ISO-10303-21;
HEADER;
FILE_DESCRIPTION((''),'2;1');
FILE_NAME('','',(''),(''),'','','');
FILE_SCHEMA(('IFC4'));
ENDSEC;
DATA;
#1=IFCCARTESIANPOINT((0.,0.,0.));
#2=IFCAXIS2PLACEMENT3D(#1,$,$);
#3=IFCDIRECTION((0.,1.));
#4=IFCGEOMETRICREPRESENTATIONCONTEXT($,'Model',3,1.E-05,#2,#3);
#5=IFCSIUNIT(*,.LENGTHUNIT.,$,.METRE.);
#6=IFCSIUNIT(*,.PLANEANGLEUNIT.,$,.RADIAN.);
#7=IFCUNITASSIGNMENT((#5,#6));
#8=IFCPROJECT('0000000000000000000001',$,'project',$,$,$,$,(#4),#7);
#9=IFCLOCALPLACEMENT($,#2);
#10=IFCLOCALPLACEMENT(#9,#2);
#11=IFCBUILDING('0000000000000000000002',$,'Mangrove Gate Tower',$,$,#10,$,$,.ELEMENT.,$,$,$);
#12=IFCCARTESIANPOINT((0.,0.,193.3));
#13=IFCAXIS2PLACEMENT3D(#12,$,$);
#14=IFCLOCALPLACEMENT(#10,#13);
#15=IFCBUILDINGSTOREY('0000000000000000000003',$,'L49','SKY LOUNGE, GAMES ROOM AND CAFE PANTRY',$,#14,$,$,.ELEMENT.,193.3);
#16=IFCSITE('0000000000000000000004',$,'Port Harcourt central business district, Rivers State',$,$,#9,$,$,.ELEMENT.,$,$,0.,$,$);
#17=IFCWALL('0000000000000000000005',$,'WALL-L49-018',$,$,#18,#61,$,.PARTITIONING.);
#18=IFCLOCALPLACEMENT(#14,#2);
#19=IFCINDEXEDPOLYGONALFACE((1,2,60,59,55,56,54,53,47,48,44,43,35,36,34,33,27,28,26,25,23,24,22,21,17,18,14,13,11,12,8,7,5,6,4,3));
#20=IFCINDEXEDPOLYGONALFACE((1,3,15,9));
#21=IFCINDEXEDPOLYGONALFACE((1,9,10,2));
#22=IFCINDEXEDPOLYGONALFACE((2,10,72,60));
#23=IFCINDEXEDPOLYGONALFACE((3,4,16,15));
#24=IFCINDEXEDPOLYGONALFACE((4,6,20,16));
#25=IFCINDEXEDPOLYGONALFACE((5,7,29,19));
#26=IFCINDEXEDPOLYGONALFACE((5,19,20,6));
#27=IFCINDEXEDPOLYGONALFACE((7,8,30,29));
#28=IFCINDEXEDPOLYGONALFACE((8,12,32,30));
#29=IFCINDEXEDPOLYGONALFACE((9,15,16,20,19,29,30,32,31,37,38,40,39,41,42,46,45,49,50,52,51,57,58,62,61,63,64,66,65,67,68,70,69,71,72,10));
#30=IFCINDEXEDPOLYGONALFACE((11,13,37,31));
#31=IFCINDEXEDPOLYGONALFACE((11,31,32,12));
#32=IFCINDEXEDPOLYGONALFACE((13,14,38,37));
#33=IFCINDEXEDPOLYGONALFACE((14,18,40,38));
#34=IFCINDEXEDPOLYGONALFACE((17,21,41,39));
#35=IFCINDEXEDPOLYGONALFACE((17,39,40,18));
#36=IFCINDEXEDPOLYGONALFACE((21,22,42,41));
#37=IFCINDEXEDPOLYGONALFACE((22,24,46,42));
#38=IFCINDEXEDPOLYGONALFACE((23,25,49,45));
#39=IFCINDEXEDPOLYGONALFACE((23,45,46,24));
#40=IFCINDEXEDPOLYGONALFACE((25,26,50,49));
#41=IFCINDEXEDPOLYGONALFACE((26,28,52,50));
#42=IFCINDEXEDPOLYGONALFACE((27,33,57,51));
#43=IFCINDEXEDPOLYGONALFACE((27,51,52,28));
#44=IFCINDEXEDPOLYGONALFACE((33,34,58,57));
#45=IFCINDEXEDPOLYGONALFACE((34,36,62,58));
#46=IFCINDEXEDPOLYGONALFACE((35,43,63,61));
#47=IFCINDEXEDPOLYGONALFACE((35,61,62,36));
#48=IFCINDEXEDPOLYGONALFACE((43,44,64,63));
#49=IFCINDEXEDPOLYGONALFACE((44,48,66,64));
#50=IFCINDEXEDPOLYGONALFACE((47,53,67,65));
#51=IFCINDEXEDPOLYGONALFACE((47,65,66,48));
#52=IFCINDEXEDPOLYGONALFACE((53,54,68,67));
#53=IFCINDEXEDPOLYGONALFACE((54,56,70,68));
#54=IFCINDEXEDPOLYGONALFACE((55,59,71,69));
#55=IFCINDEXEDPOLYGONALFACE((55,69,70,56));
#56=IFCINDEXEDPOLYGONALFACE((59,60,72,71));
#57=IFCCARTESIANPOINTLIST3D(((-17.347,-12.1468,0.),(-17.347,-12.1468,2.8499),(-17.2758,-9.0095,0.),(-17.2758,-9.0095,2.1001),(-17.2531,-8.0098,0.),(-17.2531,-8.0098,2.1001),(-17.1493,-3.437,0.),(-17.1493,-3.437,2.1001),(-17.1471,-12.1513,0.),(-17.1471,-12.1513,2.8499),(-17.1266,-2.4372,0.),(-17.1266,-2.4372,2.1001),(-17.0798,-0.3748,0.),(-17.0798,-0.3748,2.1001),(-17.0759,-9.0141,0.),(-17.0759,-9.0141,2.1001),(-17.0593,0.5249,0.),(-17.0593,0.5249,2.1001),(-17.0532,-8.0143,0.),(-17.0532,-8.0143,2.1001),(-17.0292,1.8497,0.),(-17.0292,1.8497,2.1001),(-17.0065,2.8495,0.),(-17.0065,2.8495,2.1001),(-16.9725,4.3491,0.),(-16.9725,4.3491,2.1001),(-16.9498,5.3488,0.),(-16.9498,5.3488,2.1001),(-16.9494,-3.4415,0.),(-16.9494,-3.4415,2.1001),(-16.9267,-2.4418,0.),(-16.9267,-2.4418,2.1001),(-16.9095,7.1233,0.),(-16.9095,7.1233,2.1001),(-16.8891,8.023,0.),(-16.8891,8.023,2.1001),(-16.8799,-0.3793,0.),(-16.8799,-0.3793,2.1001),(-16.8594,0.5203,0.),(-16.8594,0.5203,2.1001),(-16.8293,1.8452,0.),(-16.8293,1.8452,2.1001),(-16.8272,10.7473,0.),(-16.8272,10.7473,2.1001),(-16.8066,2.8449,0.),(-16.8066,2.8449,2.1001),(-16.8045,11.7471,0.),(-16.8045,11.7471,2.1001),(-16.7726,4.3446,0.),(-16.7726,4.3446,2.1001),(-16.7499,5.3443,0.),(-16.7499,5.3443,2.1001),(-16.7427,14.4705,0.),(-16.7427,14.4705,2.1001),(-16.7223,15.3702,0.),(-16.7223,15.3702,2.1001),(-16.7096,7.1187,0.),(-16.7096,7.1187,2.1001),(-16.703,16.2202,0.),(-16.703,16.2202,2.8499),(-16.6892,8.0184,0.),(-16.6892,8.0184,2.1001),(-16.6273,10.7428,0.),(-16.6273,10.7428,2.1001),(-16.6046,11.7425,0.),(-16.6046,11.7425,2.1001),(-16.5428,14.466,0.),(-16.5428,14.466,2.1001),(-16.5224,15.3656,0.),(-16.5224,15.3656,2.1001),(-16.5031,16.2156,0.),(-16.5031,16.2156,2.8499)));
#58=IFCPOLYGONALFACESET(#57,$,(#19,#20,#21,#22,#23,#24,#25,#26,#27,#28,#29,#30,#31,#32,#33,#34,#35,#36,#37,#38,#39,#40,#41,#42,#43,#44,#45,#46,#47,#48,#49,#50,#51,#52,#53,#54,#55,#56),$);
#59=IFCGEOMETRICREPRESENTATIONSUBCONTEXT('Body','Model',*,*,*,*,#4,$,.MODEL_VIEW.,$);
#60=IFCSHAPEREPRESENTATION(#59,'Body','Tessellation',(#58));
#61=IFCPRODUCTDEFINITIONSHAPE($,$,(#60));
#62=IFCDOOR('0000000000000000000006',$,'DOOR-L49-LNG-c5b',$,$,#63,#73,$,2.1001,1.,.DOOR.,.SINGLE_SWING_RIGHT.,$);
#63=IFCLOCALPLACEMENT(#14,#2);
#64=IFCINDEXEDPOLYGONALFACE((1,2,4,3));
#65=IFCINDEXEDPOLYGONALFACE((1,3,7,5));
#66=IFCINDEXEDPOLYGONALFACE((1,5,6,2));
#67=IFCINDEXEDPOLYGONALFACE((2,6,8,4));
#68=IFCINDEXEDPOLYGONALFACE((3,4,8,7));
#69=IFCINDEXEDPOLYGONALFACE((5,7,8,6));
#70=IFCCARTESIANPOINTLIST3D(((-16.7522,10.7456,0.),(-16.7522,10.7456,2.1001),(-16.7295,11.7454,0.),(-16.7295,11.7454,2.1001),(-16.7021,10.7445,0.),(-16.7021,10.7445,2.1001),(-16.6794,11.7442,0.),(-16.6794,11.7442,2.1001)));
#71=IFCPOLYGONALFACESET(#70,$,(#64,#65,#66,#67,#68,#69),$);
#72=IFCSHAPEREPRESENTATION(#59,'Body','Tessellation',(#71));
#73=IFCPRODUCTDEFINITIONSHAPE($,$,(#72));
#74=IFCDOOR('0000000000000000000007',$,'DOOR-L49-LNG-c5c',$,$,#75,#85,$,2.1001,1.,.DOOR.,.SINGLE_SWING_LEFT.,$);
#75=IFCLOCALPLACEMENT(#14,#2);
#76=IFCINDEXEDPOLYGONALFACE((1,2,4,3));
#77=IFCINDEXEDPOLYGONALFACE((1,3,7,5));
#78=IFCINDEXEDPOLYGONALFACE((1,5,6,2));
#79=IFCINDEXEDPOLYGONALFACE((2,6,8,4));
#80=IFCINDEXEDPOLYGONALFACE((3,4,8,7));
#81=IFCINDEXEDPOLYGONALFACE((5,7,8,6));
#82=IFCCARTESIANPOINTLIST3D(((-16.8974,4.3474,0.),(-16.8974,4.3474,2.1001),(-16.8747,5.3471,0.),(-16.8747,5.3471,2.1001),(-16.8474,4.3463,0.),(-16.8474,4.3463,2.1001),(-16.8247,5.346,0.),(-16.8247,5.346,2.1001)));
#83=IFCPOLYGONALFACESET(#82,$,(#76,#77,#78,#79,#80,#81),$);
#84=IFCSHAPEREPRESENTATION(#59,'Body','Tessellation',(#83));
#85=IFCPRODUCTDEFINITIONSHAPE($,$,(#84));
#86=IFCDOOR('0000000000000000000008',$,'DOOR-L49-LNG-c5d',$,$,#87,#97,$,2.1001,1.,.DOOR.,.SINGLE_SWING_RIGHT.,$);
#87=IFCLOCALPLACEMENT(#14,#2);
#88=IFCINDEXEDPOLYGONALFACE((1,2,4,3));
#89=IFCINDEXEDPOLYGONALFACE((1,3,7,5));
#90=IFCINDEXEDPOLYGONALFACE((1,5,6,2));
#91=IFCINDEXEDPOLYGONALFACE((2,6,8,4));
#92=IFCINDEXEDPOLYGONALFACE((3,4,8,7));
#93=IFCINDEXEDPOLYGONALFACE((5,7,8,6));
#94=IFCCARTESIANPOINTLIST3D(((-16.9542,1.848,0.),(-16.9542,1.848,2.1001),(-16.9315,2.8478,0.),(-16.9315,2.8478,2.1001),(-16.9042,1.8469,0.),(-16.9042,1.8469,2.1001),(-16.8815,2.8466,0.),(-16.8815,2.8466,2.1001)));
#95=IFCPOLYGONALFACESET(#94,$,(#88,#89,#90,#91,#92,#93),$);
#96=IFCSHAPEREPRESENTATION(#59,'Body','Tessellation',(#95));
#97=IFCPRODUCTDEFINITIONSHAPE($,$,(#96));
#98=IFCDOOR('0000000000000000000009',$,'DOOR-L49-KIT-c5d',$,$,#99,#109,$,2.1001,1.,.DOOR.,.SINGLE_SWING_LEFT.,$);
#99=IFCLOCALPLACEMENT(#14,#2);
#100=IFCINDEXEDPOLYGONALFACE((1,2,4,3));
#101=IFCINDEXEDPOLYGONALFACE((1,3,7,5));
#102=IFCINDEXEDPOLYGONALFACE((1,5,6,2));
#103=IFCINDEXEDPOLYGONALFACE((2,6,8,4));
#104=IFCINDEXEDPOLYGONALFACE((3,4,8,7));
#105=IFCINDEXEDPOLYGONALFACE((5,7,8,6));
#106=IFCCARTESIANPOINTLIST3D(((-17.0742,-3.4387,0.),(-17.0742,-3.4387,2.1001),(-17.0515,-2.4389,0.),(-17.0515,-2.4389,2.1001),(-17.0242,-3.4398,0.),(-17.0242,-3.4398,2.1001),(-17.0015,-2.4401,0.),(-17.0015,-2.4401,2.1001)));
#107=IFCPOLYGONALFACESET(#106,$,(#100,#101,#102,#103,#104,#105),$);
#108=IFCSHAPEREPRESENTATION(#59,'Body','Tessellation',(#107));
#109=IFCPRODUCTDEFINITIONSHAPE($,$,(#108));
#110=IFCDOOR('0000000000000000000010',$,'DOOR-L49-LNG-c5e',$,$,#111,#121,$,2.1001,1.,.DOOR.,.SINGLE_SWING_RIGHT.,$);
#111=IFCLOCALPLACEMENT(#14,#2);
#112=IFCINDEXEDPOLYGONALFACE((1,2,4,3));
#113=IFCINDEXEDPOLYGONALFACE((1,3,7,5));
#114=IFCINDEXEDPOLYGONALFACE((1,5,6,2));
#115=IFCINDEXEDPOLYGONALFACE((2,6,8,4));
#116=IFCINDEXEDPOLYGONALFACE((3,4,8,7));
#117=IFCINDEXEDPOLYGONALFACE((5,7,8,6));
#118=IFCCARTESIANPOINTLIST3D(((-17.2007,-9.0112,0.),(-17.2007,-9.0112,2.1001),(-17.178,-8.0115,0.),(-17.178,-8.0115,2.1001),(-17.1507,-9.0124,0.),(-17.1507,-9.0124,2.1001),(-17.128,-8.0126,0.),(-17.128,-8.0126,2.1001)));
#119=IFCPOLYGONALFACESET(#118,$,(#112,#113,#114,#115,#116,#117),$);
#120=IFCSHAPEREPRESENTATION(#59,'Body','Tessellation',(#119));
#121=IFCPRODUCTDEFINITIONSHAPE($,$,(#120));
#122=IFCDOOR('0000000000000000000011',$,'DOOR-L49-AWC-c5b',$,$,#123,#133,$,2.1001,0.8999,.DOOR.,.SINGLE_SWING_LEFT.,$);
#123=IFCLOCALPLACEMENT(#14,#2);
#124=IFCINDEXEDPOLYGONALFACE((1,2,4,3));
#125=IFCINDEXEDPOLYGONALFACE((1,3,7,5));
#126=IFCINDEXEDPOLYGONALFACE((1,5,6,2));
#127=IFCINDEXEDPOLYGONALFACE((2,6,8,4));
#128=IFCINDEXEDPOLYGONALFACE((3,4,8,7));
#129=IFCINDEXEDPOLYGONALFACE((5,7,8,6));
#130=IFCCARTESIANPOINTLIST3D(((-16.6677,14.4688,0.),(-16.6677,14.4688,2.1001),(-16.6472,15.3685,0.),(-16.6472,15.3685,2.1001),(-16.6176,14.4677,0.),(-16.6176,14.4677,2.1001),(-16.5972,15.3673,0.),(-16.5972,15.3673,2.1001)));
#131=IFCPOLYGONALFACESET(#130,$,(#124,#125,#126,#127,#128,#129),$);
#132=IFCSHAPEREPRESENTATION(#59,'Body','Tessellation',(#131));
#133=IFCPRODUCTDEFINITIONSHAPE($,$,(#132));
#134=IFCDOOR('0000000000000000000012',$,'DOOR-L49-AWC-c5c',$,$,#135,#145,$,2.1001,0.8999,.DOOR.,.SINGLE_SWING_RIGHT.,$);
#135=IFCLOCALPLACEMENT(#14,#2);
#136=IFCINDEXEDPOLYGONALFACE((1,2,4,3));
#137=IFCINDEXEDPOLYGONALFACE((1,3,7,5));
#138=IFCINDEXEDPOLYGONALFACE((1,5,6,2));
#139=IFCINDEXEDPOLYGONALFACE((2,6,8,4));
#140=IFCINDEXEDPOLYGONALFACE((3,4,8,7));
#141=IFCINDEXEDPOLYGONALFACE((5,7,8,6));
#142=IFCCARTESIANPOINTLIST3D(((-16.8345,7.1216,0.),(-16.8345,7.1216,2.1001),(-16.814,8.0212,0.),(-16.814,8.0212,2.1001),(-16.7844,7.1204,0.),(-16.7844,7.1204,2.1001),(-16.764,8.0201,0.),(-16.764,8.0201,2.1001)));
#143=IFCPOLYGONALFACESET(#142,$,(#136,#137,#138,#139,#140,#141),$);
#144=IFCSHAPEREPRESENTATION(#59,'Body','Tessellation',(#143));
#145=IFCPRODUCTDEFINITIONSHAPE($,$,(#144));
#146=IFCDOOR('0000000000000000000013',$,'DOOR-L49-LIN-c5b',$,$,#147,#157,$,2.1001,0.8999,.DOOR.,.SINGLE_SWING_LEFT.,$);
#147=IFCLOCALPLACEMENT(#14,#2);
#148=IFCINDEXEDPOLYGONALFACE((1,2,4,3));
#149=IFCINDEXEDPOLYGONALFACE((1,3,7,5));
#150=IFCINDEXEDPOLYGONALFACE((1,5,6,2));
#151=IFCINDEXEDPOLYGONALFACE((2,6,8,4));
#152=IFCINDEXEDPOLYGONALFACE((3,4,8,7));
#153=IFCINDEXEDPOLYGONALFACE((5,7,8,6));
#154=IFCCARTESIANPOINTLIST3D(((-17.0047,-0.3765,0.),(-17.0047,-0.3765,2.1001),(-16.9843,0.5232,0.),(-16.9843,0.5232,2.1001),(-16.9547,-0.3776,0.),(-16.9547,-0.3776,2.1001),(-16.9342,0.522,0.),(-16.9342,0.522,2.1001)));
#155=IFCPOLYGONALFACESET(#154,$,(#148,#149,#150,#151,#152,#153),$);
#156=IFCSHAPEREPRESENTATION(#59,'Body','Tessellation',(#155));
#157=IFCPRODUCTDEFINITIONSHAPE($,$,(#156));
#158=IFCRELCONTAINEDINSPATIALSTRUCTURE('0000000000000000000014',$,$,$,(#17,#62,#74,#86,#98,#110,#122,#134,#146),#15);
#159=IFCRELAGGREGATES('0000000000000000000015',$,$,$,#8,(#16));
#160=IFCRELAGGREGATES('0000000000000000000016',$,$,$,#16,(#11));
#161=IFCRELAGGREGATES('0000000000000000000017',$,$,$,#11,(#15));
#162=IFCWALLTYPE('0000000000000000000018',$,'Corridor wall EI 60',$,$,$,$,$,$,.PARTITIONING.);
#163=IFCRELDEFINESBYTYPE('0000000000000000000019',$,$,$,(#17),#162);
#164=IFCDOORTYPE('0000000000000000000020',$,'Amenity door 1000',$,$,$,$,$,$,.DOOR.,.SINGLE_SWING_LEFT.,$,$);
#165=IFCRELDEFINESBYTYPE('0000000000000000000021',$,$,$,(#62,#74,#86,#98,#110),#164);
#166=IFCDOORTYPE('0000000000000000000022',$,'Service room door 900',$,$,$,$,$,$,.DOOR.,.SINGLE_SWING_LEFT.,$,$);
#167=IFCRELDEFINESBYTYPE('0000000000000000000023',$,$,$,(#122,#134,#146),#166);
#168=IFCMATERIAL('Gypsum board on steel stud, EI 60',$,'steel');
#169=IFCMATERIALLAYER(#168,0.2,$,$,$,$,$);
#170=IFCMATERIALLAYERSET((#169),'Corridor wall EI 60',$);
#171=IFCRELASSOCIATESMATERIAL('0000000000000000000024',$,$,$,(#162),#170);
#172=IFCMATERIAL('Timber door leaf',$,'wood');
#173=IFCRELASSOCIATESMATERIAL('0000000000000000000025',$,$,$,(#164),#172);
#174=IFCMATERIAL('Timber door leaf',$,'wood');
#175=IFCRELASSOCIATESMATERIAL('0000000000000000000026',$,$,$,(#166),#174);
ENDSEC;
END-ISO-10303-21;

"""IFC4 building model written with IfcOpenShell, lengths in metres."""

from ifc_helpers import new_model, si_unit, direction, frame, frame_2d, origin, place, context, subcontext, project, spatial, rectangle, extrude, material, layer, layer_set, type_object, element, fill, save


model = new_model("IFC4")

# Units and contexts
model_context = context("Model", 3, precision=1e-05, world=origin(), true_north=direction((0.0, 1.0)))
body_context = subcontext(model_context, "Body", "Model", "MODEL_VIEW")
ifc_project = project(units=[si_unit("LENGTHUNIT", "METRE"), si_unit("PLANEANGLEUNIT", "RADIAN")], contexts=[model_context])

# Site, building, storey
site_placement = place(None, origin())
site = spatial("IfcSite", under=ifc_project, at=site_placement, Name="Port Harcourt central business district, Rivers State", CompositionType="ELEMENT", RefElevation=0.0)
building_placement = place(site_placement, origin())
building = spatial("IfcBuilding", under=site, at=building_placement, Name="Mangrove Gate Tower", CompositionType="ELEMENT")
storey_placement = place(building_placement, frame((0.0, 0.0, 193.3)))
storey = spatial("IfcBuildingStorey", under=building, at=storey_placement, Name="L49", Description="SKY LOUNGE, GAMES ROOM AND CAFE PANTRY", CompositionType="ELEMENT", Elevation=193.3)

# Shared definitions
ifc_material_1 = material(Name="Gypsum board on steel stud, EI 60", Category="steel")
ifc_layer_1 = layer(ifc_material_1, 0.2)
ifc_layer_set_1 = layer_set([ifc_layer_1], Name="Corridor wall EI 60")
wall_type_1 = type_object("IfcWallType", Name="Corridor wall EI 60", PredefinedType="PARTITIONING", material=ifc_layer_set_1)
ifc_material_2 = material(Name="Timber door leaf", Category="wood")
door_type_1 = type_object("IfcDoorType", Name="Amenity door 1000", OperationType="SINGLE_SWING_LEFT", PredefinedType="DOOR", material=ifc_material_2)
ifc_material_3 = material(Name="Timber door leaf", Category="wood")
door_type_2 = type_object("IfcDoorType", Name="Service room door 900", OperationType="SINGLE_SWING_LEFT", PredefinedType="DOOR", material=ifc_material_3)

# Wall, openings, doors
wall_1_placement = place(storey_placement, frame((-17.2471, -12.1489, 0.0), z_axis=(0.0, 0.0, 1.0), x_axis=(0.022698, 0.999742, 0.0)))
wall_1 = element("IfcWall", 1, at=wall_1_placement, inside=storey, type_object=wall_type_1, Name="WALL-L49-018", PredefinedType="PARTITIONING", context=body_context, shape_type="SweptSolid", body=[
    extrude(rectangle(XDim=28.3743, YDim=0.2, at=frame_2d((14.187, 0.0))), origin(), (0.0, 0.0, 1.0), 2.8499),
])
opening_1_placement = place(wall_1_placement, frame((22.8999, 0.0, 0.0)))
opening_1 = element("IfcOpeningElement", 2, at=opening_1_placement, cuts=wall_1, PredefinedType="OPENING", context=body_context, shape_type="SweptSolid", body=[
    extrude(rectangle(XDim=1.0, YDim=2.1001, at=frame_2d((0.5, 1.05))), frame((0.0, 0.1099, 0.0), z_axis=(0.0, -1.0, 0.0), x_axis=(1.0, 0.0, 0.0)), (0.0, 0.0, 1.0), 0.22),
])
opening_2_placement = place(wall_1_placement, frame((26.624, 0.0, 0.0)))
opening_2 = element("IfcOpeningElement", 3, at=opening_2_placement, cuts=wall_1, PredefinedType="OPENING", context=body_context, shape_type="SweptSolid", body=[
    extrude(rectangle(XDim=0.8999, YDim=2.1001, at=frame_2d((0.45, 1.05))), frame((0.0, 0.1099, 0.0), z_axis=(0.0, -1.0, 0.0), x_axis=(1.0, 0.0, 0.0)), (0.0, 0.0, 1.0), 0.22),
])
opening_3_placement = place(wall_1_placement, frame((16.5, 0.0, 0.0)))
opening_3 = element("IfcOpeningElement", 4, at=opening_3_placement, cuts=wall_1, PredefinedType="OPENING", context=body_context, shape_type="SweptSolid", body=[
    extrude(rectangle(XDim=1.0, YDim=2.1001, at=frame_2d((0.5, 1.05))), frame((0.0, 0.1099, 0.0), z_axis=(0.0, -1.0, 0.0), x_axis=(1.0, 0.0, 0.0)), (0.0, 0.0, 1.0), 0.22),
])
opening_4_placement = place(wall_1_placement, frame((19.2749, 0.0, 0.0)))
opening_4 = element("IfcOpeningElement", 5, at=opening_4_placement, cuts=wall_1, PredefinedType="OPENING", context=body_context, shape_type="SweptSolid", body=[
    extrude(rectangle(XDim=0.8999, YDim=2.1001, at=frame_2d((0.45, 1.05))), frame((0.0, 0.1099, 0.0), z_axis=(0.0, -1.0, 0.0), x_axis=(1.0, 0.0, 0.0)), (0.0, 0.0, 1.0), 0.22),
])
opening_5_placement = place(wall_1_placement, frame((14.0, 0.0, 0.0)))
opening_5 = element("IfcOpeningElement", 6, at=opening_5_placement, cuts=wall_1, PredefinedType="OPENING", context=body_context, shape_type="SweptSolid", body=[
    extrude(rectangle(XDim=1.0, YDim=2.1001, at=frame_2d((0.5, 1.05))), frame((0.0, 0.1099, 0.0), z_axis=(0.0, -1.0, 0.0), x_axis=(1.0, 0.0, 0.0)), (0.0, 0.0, 1.0), 0.22),
])
opening_6_placement = place(wall_1_placement, frame((11.7749, 0.0, 0.0)))
opening_6 = element("IfcOpeningElement", 7, at=opening_6_placement, cuts=wall_1, PredefinedType="OPENING", context=body_context, shape_type="SweptSolid", body=[
    extrude(rectangle(XDim=0.8999, YDim=2.1001, at=frame_2d((0.45, 1.05))), frame((0.0, 0.1099, 0.0), z_axis=(0.0, -1.0, 0.0), x_axis=(1.0, 0.0, 0.0)), (0.0, 0.0, 1.0), 0.22),
])
opening_7_placement = place(wall_1_placement, frame((8.7119, 0.0, 0.0)))
opening_7 = element("IfcOpeningElement", 8, at=opening_7_placement, cuts=wall_1, PredefinedType="OPENING", context=body_context, shape_type="SweptSolid", body=[
    extrude(rectangle(XDim=1.0, YDim=2.1001, at=frame_2d((0.5, 1.05))), frame((0.0, 0.1099, 0.0), z_axis=(0.0, -1.0, 0.0), x_axis=(1.0, 0.0, 0.0)), (0.0, 0.0, 1.0), 0.22),
])
opening_8_placement = place(wall_1_placement, frame((3.1379, 0.0, 0.0)))
opening_8 = element("IfcOpeningElement", 9, at=opening_8_placement, cuts=wall_1, PredefinedType="OPENING", context=body_context, shape_type="SweptSolid", body=[
    extrude(rectangle(XDim=1.0, YDim=2.1001, at=frame_2d((0.5, 1.05))), frame((0.0, 0.1099, 0.0), z_axis=(0.0, -1.0, 0.0), x_axis=(1.0, 0.0, 0.0)), (0.0, 0.0, 1.0), 0.22),
])
door_1_placement = place(opening_1_placement, origin())
door_1 = element("IfcDoor", 10, at=door_1_placement, inside=storey, type_object=door_type_1, Name="DOOR-L49-LNG-c5b", OperationType="SINGLE_SWING_RIGHT", OverallHeight=2.1001, OverallWidth=1.0, PredefinedType="DOOR", context=body_context, shape_type="SweptSolid", body=[
    extrude(rectangle(XDim=1.0, YDim=2.1001, at=frame_2d((0.5, 1.05))), frame((0.0, 0.0249, 0.0), z_axis=(0.0, -1.0, 0.0), x_axis=(1.0, 0.0, 0.0)), (0.0, 0.0, 1.0), 0.05),
])
fill(opening_1, door_1)
door_2_placement = place(opening_3_placement, origin())
door_2 = element("IfcDoor", 11, at=door_2_placement, inside=storey, type_object=door_type_1, Name="DOOR-L49-LNG-c5c", OperationType="SINGLE_SWING_LEFT", OverallHeight=2.1001, OverallWidth=1.0, PredefinedType="DOOR", context=body_context, shape_type="SweptSolid", body=[
    extrude(rectangle(XDim=1.0, YDim=2.1001, at=frame_2d((0.5, 1.05))), frame((0.0, 0.0249, 0.0), z_axis=(0.0, -1.0, 0.0), x_axis=(1.0, 0.0, 0.0)), (0.0, 0.0, 1.0), 0.05),
])
fill(opening_3, door_2)
door_3_placement = place(opening_5_placement, origin())
door_3 = element("IfcDoor", 12, at=door_3_placement, inside=storey, type_object=door_type_1, Name="DOOR-L49-LNG-c5d", OperationType="SINGLE_SWING_RIGHT", OverallHeight=2.1001, OverallWidth=1.0, PredefinedType="DOOR", context=body_context, shape_type="SweptSolid", body=[
    extrude(rectangle(XDim=1.0, YDim=2.1001, at=frame_2d((0.5, 1.05))), frame((0.0, 0.0249, 0.0), z_axis=(0.0, -1.0, 0.0), x_axis=(1.0, 0.0, 0.0)), (0.0, 0.0, 1.0), 0.05),
])
fill(opening_5, door_3)
door_4_placement = place(opening_7_placement, origin())
door_4 = element("IfcDoor", 13, at=door_4_placement, inside=storey, type_object=door_type_1, Name="DOOR-L49-KIT-c5d", OperationType="SINGLE_SWING_LEFT", OverallHeight=2.1001, OverallWidth=1.0, PredefinedType="DOOR", context=body_context, shape_type="SweptSolid", body=[
    extrude(rectangle(XDim=1.0, YDim=2.1001, at=frame_2d((0.5, 1.05))), frame((0.0, 0.0249, 0.0), z_axis=(0.0, -1.0, 0.0), x_axis=(1.0, 0.0, 0.0)), (0.0, 0.0, 1.0), 0.05),
])
fill(opening_7, door_4)
door_5_placement = place(opening_8_placement, origin())
door_5 = element("IfcDoor", 14, at=door_5_placement, inside=storey, type_object=door_type_1, Name="DOOR-L49-LNG-c5e", OperationType="SINGLE_SWING_RIGHT", OverallHeight=2.1001, OverallWidth=1.0, PredefinedType="DOOR", context=body_context, shape_type="SweptSolid", body=[
    extrude(rectangle(XDim=1.0, YDim=2.1001, at=frame_2d((0.5, 1.05))), frame((0.0, 0.0249, 0.0), z_axis=(0.0, -1.0, 0.0), x_axis=(1.0, 0.0, 0.0)), (0.0, 0.0, 1.0), 0.05),
])
fill(opening_8, door_5)
door_6_placement = place(opening_2_placement, origin())
door_6 = element("IfcDoor", 15, at=door_6_placement, inside=storey, type_object=door_type_2, Name="DOOR-L49-AWC-c5b", OperationType="SINGLE_SWING_LEFT", OverallHeight=2.1001, OverallWidth=0.8999, PredefinedType="DOOR", context=body_context, shape_type="SweptSolid", body=[
    extrude(rectangle(XDim=0.8999, YDim=2.1001, at=frame_2d((0.45, 1.05))), frame((0.0, 0.0249, 0.0), z_axis=(0.0, -1.0, 0.0), x_axis=(1.0, 0.0, 0.0)), (0.0, 0.0, 1.0), 0.05),
])
fill(opening_2, door_6)
door_7_placement = place(opening_4_placement, origin())
door_7 = element("IfcDoor", 16, at=door_7_placement, inside=storey, type_object=door_type_2, Name="DOOR-L49-AWC-c5c", OperationType="SINGLE_SWING_RIGHT", OverallHeight=2.1001, OverallWidth=0.8999, PredefinedType="DOOR", context=body_context, shape_type="SweptSolid", body=[
    extrude(rectangle(XDim=0.8999, YDim=2.1001, at=frame_2d((0.45, 1.05))), frame((0.0, 0.0249, 0.0), z_axis=(0.0, -1.0, 0.0), x_axis=(1.0, 0.0, 0.0)), (0.0, 0.0, 1.0), 0.05),
])
fill(opening_4, door_7)
door_8_placement = place(opening_6_placement, origin())
door_8 = element("IfcDoor", 17, at=door_8_placement, inside=storey, type_object=door_type_2, Name="DOOR-L49-LIN-c5b", OperationType="SINGLE_SWING_LEFT", OverallHeight=2.1001, OverallWidth=0.8999, PredefinedType="DOOR", context=body_context, shape_type="SweptSolid", body=[
    extrude(rectangle(XDim=0.8999, YDim=2.1001, at=frame_2d((0.45, 1.05))), frame((0.0, 0.0249, 0.0), z_axis=(0.0, -1.0, 0.0), x_axis=(1.0, 0.0, 0.0)), (0.0, 0.0, 1.0), 0.05),
])
fill(opening_6, door_8)

save(model, "model.ifc")
